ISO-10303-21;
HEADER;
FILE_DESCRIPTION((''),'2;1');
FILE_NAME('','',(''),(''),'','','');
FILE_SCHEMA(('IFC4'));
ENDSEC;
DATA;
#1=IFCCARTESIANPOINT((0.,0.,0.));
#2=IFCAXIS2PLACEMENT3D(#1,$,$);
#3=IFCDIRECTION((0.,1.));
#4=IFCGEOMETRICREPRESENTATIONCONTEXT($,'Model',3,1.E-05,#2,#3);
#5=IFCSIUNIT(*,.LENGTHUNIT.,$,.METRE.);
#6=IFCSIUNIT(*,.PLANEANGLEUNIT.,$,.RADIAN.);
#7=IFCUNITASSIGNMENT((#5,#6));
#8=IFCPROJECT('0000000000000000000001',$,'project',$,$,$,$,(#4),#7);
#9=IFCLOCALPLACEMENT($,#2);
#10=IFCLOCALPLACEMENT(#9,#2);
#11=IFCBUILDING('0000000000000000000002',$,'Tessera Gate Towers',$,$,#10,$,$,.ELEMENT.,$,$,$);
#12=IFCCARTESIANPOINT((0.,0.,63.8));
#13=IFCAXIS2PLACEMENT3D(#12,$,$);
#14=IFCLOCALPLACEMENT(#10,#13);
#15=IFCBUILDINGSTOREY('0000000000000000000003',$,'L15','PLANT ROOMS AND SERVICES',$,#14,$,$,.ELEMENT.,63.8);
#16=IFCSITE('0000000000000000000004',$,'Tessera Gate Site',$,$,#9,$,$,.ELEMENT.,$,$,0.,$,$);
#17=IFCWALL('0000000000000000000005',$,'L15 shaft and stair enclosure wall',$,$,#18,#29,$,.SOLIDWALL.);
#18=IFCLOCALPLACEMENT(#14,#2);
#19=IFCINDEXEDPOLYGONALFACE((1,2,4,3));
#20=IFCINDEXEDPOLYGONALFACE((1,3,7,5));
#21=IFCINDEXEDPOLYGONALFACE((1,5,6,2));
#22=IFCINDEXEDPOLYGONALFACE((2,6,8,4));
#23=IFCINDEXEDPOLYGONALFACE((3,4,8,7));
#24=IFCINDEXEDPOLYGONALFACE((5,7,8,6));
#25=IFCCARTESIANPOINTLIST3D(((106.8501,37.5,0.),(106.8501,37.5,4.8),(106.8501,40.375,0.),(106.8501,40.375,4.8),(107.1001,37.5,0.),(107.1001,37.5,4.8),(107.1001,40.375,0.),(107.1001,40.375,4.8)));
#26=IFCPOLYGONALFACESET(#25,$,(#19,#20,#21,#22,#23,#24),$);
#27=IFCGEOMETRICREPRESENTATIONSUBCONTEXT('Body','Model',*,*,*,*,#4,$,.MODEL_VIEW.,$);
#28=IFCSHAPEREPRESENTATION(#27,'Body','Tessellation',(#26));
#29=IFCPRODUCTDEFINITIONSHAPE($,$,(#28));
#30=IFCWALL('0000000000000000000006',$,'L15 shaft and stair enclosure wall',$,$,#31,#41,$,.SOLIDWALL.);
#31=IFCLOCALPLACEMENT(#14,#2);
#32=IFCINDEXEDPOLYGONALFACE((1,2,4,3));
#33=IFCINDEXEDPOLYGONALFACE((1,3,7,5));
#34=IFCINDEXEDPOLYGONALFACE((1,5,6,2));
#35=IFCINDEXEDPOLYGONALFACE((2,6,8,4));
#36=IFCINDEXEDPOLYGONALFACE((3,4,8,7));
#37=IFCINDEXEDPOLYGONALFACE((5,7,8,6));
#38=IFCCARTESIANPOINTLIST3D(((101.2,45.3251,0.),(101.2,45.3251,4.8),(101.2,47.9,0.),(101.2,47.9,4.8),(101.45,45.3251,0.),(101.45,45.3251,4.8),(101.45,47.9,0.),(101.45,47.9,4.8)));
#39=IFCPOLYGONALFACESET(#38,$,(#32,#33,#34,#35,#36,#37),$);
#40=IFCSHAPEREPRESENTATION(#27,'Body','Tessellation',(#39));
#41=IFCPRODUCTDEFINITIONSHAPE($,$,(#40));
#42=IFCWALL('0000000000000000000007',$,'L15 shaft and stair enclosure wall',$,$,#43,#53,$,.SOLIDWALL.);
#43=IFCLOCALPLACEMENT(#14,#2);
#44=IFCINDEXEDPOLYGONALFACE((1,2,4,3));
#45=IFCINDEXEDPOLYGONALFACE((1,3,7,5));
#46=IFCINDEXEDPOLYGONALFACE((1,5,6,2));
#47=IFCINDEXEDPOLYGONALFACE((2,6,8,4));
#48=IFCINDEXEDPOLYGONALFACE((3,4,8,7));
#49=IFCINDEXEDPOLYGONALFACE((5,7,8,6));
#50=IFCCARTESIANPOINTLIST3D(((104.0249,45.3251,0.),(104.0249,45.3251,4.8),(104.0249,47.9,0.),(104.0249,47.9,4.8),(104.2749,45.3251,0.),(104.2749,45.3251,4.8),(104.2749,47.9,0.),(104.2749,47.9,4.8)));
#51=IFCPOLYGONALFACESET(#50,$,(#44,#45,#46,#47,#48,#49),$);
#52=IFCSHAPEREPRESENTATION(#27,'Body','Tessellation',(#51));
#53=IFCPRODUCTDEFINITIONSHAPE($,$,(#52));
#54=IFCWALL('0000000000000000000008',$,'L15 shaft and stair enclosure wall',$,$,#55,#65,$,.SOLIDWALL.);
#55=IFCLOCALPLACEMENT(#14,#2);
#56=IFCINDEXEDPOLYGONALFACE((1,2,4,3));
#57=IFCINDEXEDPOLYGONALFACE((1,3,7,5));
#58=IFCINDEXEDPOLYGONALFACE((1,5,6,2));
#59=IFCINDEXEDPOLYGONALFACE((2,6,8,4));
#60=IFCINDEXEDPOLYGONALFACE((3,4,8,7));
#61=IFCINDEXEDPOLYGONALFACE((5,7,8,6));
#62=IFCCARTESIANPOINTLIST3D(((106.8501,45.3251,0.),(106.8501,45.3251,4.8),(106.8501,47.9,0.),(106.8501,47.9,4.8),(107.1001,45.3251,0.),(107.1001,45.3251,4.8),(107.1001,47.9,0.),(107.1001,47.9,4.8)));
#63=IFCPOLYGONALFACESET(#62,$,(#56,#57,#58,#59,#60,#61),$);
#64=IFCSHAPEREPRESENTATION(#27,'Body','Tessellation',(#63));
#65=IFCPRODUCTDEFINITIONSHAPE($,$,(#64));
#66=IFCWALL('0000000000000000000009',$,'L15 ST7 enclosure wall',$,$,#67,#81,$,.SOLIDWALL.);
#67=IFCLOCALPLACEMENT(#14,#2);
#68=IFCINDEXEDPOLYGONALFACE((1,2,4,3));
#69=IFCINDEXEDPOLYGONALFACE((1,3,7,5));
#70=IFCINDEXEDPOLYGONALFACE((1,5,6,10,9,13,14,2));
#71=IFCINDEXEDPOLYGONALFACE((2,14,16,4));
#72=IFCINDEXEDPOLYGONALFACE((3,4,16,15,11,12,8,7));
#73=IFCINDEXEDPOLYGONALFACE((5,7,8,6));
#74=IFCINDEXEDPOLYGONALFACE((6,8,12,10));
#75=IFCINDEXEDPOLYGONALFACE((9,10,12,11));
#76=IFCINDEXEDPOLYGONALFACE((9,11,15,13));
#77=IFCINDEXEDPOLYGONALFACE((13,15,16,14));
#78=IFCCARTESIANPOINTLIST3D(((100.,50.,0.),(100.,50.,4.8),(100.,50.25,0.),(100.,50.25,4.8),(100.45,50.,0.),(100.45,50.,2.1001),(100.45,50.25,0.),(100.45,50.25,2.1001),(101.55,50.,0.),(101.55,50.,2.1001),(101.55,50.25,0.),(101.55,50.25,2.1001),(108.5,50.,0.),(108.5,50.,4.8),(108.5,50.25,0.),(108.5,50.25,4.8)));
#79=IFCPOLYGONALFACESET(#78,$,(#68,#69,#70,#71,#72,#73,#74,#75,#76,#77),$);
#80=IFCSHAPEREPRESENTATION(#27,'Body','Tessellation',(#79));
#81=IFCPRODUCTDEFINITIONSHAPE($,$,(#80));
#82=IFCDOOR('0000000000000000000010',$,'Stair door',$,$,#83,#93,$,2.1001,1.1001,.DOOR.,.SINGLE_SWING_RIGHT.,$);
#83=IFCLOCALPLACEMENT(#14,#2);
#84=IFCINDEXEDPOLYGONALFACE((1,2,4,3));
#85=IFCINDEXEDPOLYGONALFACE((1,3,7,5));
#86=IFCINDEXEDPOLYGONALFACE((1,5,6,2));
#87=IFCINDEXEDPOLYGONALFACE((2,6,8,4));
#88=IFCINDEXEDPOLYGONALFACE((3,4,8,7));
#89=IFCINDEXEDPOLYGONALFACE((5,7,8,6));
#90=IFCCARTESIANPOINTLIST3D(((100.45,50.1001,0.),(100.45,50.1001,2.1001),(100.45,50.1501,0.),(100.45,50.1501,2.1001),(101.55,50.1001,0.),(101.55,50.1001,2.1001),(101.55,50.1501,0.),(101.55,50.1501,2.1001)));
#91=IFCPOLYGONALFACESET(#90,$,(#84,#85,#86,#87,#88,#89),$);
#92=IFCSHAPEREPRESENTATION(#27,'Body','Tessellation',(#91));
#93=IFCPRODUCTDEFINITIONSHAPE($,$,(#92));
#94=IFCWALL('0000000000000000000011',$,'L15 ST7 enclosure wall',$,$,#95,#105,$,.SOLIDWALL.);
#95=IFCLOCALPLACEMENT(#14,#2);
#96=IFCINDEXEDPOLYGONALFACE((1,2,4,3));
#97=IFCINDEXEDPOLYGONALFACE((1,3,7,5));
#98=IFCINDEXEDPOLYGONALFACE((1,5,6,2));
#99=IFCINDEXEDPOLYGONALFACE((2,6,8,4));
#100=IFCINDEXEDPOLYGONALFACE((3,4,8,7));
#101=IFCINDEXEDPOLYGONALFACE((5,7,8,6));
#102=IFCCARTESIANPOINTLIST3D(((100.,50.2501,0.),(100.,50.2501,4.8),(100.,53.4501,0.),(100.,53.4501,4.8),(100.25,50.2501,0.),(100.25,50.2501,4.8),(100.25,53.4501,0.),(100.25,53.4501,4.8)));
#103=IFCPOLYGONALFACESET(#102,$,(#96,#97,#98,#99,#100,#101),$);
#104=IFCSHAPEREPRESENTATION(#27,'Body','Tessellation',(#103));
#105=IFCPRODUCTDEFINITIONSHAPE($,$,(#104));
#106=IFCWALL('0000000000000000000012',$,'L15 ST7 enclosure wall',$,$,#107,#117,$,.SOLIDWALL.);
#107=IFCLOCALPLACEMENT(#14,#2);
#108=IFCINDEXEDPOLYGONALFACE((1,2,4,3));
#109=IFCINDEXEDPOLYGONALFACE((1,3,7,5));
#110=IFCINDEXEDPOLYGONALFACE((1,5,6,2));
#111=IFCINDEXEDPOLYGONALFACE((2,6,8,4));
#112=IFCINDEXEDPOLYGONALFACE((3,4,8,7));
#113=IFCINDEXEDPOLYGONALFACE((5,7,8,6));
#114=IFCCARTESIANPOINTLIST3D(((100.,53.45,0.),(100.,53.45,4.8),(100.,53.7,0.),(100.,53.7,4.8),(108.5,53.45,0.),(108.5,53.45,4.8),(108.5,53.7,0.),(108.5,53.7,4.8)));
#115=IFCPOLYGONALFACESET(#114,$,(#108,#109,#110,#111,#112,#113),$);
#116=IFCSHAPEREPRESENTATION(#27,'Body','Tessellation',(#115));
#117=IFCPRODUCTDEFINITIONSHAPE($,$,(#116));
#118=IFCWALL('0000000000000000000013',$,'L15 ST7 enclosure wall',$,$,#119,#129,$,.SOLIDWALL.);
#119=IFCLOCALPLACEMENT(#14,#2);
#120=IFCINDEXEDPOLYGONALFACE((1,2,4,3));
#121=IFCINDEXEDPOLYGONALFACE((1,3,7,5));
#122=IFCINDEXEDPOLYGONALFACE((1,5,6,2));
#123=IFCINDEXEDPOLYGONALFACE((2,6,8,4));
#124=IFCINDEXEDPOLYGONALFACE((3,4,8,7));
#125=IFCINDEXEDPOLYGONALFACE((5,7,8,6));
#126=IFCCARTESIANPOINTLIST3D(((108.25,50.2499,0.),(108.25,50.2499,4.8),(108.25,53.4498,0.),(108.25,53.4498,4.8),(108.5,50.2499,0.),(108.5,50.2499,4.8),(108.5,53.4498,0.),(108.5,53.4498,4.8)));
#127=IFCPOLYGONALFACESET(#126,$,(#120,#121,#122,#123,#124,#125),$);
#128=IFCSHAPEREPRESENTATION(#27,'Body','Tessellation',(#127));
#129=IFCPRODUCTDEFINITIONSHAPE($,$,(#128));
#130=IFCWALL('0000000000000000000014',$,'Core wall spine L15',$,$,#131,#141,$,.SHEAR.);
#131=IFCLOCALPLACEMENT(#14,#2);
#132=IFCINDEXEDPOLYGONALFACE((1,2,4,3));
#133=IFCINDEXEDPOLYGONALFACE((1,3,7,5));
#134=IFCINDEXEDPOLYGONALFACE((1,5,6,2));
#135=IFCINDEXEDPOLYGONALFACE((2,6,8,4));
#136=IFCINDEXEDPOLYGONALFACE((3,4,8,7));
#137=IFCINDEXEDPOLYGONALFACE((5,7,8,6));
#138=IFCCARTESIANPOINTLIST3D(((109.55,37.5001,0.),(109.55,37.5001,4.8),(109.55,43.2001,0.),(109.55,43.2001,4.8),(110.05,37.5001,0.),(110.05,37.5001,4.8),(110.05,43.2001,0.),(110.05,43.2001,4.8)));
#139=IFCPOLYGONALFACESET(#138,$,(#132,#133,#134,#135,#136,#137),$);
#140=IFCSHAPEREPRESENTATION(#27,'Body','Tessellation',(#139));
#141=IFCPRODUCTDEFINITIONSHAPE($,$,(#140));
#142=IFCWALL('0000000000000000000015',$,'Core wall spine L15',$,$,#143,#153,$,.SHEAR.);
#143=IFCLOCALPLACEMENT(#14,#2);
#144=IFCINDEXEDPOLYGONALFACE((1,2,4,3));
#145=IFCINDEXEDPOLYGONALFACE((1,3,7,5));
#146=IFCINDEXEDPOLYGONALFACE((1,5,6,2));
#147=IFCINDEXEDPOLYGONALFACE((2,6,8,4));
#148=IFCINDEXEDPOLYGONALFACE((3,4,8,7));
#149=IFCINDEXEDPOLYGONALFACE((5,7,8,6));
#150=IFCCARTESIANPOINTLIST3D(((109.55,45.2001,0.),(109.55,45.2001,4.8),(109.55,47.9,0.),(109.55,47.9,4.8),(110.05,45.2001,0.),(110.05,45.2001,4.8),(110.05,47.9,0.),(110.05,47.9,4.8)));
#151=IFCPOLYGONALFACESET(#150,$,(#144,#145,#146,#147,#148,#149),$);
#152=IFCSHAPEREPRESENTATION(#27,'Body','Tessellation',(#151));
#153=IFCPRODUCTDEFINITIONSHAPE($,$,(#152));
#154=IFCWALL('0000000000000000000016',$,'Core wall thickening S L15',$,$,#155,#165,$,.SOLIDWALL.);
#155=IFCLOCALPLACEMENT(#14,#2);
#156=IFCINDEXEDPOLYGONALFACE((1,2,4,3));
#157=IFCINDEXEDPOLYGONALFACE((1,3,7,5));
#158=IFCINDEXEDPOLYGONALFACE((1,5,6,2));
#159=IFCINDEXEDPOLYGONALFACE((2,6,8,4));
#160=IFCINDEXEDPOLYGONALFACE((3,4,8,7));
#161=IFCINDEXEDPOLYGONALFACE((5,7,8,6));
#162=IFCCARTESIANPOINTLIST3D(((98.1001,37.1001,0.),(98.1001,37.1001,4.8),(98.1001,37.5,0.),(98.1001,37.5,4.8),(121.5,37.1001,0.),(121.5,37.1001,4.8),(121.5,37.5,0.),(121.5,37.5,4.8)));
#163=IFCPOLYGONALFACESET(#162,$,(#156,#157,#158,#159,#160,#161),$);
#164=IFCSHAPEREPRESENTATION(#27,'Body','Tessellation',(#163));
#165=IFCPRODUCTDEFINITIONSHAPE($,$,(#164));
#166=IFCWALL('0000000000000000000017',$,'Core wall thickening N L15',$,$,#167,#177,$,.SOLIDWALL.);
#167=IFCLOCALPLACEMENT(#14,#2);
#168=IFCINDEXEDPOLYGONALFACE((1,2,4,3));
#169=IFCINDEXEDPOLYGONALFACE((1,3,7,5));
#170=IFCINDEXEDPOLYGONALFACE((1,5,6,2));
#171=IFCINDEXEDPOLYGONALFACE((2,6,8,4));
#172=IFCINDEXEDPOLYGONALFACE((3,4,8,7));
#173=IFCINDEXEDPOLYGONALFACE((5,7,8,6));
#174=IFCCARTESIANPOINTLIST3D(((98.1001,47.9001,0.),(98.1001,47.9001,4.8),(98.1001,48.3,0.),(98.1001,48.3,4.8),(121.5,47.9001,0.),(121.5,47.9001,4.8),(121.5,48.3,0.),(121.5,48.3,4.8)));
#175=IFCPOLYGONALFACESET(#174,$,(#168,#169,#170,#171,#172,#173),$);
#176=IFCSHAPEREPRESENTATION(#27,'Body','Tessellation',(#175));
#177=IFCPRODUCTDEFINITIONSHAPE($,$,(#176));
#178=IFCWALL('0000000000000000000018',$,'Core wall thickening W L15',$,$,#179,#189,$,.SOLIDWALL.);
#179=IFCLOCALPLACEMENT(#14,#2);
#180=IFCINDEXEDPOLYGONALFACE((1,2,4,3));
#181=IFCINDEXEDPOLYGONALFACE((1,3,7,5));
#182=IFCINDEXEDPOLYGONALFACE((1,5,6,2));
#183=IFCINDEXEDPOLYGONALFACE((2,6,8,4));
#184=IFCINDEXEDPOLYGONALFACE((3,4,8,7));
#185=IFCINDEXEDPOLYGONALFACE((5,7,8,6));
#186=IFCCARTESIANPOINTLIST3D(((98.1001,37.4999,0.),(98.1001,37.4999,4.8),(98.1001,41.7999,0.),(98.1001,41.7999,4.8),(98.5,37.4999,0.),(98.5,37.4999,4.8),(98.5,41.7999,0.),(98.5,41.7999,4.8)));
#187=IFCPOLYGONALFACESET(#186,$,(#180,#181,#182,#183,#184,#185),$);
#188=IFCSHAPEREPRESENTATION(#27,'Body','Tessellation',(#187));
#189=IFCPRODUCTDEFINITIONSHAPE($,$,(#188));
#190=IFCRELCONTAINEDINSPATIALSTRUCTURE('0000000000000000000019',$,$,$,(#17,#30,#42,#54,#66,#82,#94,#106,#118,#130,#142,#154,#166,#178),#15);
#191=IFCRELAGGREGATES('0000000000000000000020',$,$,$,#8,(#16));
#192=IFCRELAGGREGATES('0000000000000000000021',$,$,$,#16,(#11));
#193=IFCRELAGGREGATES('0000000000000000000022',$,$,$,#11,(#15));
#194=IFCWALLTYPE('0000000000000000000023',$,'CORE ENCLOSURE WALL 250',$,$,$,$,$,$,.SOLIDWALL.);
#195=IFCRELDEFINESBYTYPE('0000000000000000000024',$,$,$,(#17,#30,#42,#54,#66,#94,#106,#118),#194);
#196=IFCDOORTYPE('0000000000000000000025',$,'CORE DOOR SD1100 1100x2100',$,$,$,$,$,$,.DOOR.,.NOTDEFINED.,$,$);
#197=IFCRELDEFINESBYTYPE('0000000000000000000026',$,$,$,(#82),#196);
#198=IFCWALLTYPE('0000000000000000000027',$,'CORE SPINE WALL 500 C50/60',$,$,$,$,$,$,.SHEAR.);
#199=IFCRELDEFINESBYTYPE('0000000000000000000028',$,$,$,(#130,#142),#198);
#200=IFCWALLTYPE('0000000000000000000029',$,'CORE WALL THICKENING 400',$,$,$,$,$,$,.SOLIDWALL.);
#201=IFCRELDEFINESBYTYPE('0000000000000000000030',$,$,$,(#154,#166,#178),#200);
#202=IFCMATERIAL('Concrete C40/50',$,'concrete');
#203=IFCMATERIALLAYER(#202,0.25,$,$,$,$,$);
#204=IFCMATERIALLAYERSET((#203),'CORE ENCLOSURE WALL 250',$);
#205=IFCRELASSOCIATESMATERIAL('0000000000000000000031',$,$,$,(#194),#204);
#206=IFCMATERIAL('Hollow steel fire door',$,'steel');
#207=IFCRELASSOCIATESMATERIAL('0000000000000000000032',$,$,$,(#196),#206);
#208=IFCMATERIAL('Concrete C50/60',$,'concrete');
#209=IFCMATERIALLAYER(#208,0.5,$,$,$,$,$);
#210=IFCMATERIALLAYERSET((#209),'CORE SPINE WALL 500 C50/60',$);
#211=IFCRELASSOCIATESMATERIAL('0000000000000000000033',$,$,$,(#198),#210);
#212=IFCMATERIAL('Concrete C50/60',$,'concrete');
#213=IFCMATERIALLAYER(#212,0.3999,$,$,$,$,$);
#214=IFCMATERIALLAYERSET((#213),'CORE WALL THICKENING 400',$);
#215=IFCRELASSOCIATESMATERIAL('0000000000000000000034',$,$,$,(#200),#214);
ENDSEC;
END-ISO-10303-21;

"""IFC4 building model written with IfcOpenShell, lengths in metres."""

from ifc_helpers import new_model, si_unit, direction, frame, frame_2d, origin, place, context, subcontext, project, spatial, rectangle, extrude, source, transform, mapped, material, layer, layer_set, type_object, element, fill, save


model = new_model("IFC4")

# Units and contexts
model_context = context("Model", 3, precision=1e-05, world=origin(), true_north=direction((0.0, 1.0)))
body_context = subcontext(model_context, "Body", "Model", "MODEL_VIEW")
ifc_project = project(units=[si_unit("LENGTHUNIT", "METRE"), si_unit("PLANEANGLEUNIT", "RADIAN")], contexts=[model_context])

# Site, building, storey
site_placement = place(None, origin())
site = spatial("IfcSite", under=ifc_project, at=site_placement, Name="Tessera Gate Site", CompositionType="ELEMENT", RefElevation=0.0)
building_placement = place(site_placement, origin())
building = spatial("IfcBuilding", under=site, at=building_placement, Name="Tessera Gate Towers", CompositionType="ELEMENT")
storey_placement = place(building_placement, frame((0.0, 0.0, 63.8)))
storey = spatial("IfcBuildingStorey", under=building, at=storey_placement, Name="L15", Description="PLANT ROOMS AND SERVICES", CompositionType="ELEMENT", Elevation=63.8)

# Shared definitions
ifc_material_1 = material(Name="Concrete C40/50", Category="concrete")
ifc_layer_1 = layer(ifc_material_1, 0.25)
ifc_layer_set_1 = layer_set([ifc_layer_1], Name="CORE ENCLOSURE WALL 250")
wall_type_1 = type_object("IfcWallType", Name="CORE ENCLOSURE WALL 250", PredefinedType="SOLIDWALL", material=ifc_layer_set_1)

# Shared definitions
shared_shape_1 = source(origin(), body_context, "Body", "SweptSolid", [
    extrude(rectangle(XDim=1.1001, YDim=2.1001, at=frame_2d((0.55, 1.05))), frame((0.0, 0.135, 0.0), z_axis=(0.0, -1.0, 0.0), x_axis=(1.0, 0.0, 0.0)), (0.0, 0.0, 1.0), 0.27),
])
shared_shape_2 = source(origin(), body_context, "Body", "SweptSolid", [
    extrude(rectangle(XDim=1.1001, YDim=2.1001, at=frame_2d((0.55, 1.05))), frame((0.0, 0.0249, 0.0), z_axis=(0.0, -1.0, 0.0), x_axis=(1.0, 0.0, 0.0)), (0.0, 0.0, 1.0), 0.05),
])

# Walls
for number, where, z_axis, x_axis, name in (
    (1, (106.9751, 37.5, 0.0), (0.0, 0.0, 1.0), (0.0, 1.0, 0.0), "L15 shaft and stair enclosure wall"),
):
    element("IfcWall", number, at=place(storey_placement, frame(where, z_axis=z_axis, x_axis=x_axis)), inside=storey, type_object=wall_type_1, Name=name, PredefinedType="SOLIDWALL", context=body_context, shape_type="SweptSolid", body=[
        extrude(rectangle(XDim=2.875, YDim=0.25, at=frame_2d((1.4375, 0.0))), origin(), (0.0, 0.0, 1.0), 4.8),
    ])
for number, where, z_axis, x_axis, name in (
    (2, (101.325, 45.325, 0.0), (0.0, 0.0, 1.0), (0.0, 1.0, 0.0), "L15 shaft and stair enclosure wall"),
    (3, (104.1499, 45.325, 0.0), (0.0, 0.0, 1.0), (0.0, 1.0, 0.0), "L15 shaft and stair enclosure wall"),
    (4, (106.9751, 45.325, 0.0), (0.0, 0.0, 1.0), (0.0, 1.0, 0.0), "L15 shaft and stair enclosure wall"),
):
    element("IfcWall", number, at=place(storey_placement, frame(where, z_axis=z_axis, x_axis=x_axis)), inside=storey, type_object=wall_type_1, Name=name, PredefinedType="SOLIDWALL", context=body_context, shape_type="SweptSolid", body=[
        extrude(rectangle(XDim=2.575, YDim=0.25, at=frame_2d((1.2876, 0.0))), origin(), (0.0, 0.0, 1.0), 4.8),
    ])

# Wall, opening, door
wall_1_placement = place(storey_placement, frame((108.5, 50.125, 0.0), z_axis=(0.0, 0.0, 1.0), x_axis=(-1.0, 0.0, 0.0)))
wall_1 = element("IfcWall", 5, at=wall_1_placement, inside=storey, type_object=wall_type_1, Name="L15 ST7 enclosure wall", PredefinedType="SOLIDWALL", context=body_context, shape_type="SweptSolid", body=[
    extrude(rectangle(XDim=8.5, YDim=0.25, at=frame_2d((4.25, 0.0))), origin(), (0.0, 0.0, 1.0), 4.8),
])
opening_1_placement = place(wall_1_placement, frame((6.95, 0.0, 0.0)))
opening_1 = element("IfcOpeningElement", 6, at=opening_1_placement, cuts=wall_1, PredefinedType="OPENING", context=body_context, shape_type="MappedRepresentation", body=[
    mapped(shared_shape_1, transform((0.0, 0.0, 0.0), scale=1.0)),
])
ifc_material_2 = material(Name="Hollow steel fire door", Category="steel")
door_type_1 = type_object("IfcDoorType", Name="CORE DOOR SD1100 1100x2100", OperationType="NOTDEFINED", PredefinedType="DOOR", material=ifc_material_2)
door_1_placement = place(opening_1_placement, origin())
door_1 = element("IfcDoor", 7, at=door_1_placement, inside=storey, type_object=door_type_1, Name="Stair door", OperationType="SINGLE_SWING_RIGHT", OverallHeight=2.1001, OverallWidth=1.1001, PredefinedType="DOOR", context=body_context, shape_type="MappedRepresentation", body=[
    mapped(shared_shape_2, transform((0.0, 0.0, 0.0), scale=1.0)),
])
fill(opening_1, door_1)

# Walls
wall_2_placement = place(storey_placement, frame((100.125, 50.25, 0.0), z_axis=(0.0, 0.0, 1.0), x_axis=(0.0, 1.0, 0.0)))
element("IfcWall", 8, at=wall_2_placement, inside=storey, type_object=wall_type_1, Name="L15 ST7 enclosure wall", PredefinedType="SOLIDWALL", context=body_context, shape_type="SweptSolid", body=[
    extrude(rectangle(XDim=3.2, YDim=0.25, at=frame_2d((1.6001, 0.0))), origin(), (0.0, 0.0, 1.0), 4.8),
])
wall_3_placement = place(storey_placement, frame((100.0, 53.575, 0.0), z_axis=(0.0, 0.0, 1.0), x_axis=(1.0, 0.0, 0.0)))
element("IfcWall", 9, at=wall_3_placement, inside=storey, type_object=wall_type_1, Name="L15 ST7 enclosure wall", PredefinedType="SOLIDWALL", context=body_context, shape_type="SweptSolid", body=[
    extrude(rectangle(XDim=8.5, YDim=0.25, at=frame_2d((4.25, 0.0))), origin(), (0.0, 0.0, 1.0), 4.8),
])
wall_4_placement = place(storey_placement, frame((108.375, 53.45, 0.0), z_axis=(0.0, 0.0, 1.0), x_axis=(0.0, -1.0, 0.0)))
element("IfcWall", 10, at=wall_4_placement, inside=storey, type_object=wall_type_1, Name="L15 ST7 enclosure wall", PredefinedType="SOLIDWALL", context=body_context, shape_type="SweptSolid", body=[
    extrude(rectangle(XDim=3.2, YDim=0.25, at=frame_2d((1.6001, 0.0))), origin(), (0.0, 0.0, 1.0), 4.8),
])
ifc_material_3 = material(Name="Concrete C50/60", Category="concrete")
ifc_layer_2 = layer(ifc_material_3, 0.5)
ifc_layer_set_2 = layer_set([ifc_layer_2], Name="CORE SPINE WALL 500 C50/60")
wall_type_2 = type_object("IfcWallType", Name="CORE SPINE WALL 500 C50/60", PredefinedType="SHEAR", material=ifc_layer_set_2)
wall_5_placement = place(storey_placement, frame((109.8, 37.5, 0.0), z_axis=(0.0, 0.0, 1.0), x_axis=(0.0, 1.0, 0.0)))
element("IfcWall", 11, at=wall_5_placement, inside=storey, type_object=wall_type_2, Name="Core wall spine L15", PredefinedType="SHEAR", context=body_context, shape_type="SweptSolid", body=[
    extrude(rectangle(XDim=5.7, YDim=0.5, at=frame_2d((2.8501, 0.0))), origin(), (0.0, 0.0, 1.0), 4.8),
])
wall_6_placement = place(storey_placement, frame((109.8, 45.2, 0.0), z_axis=(0.0, 0.0, 1.0), x_axis=(0.0, 1.0, 0.0)))
element("IfcWall", 12, at=wall_6_placement, inside=storey, type_object=wall_type_2, Name="Core wall spine L15", PredefinedType="SHEAR", context=body_context, shape_type="SweptSolid", body=[
    extrude(rectangle(XDim=2.7, YDim=0.5, at=frame_2d((1.3501, 0.0))), origin(), (0.0, 0.0, 1.0), 4.8),
])
ifc_material_4 = material(Name="Concrete C50/60", Category="concrete")
ifc_layer_3 = layer(ifc_material_4, 0.3999)
ifc_layer_set_3 = layer_set([ifc_layer_3], Name="CORE WALL THICKENING 400")
wall_type_3 = type_object("IfcWallType", Name="CORE WALL THICKENING 400", PredefinedType="SOLIDWALL", material=ifc_layer_set_3)
for number, where, z_axis, x_axis, name in (
    (13, (98.1001, 37.3, 0.0), (0.0, 0.0, 1.0), (1.0, 0.0, 0.0), "Core wall thickening S L15"),
    (14, (98.1001, 48.1001, 0.0), (0.0, 0.0, 1.0), (1.0, 0.0, 0.0), "Core wall thickening N L15"),
):
    element("IfcWall", number, at=place(storey_placement, frame(where, z_axis=z_axis, x_axis=x_axis)), inside=storey, type_object=wall_type_3, Name=name, PredefinedType="SOLIDWALL", context=body_context, shape_type="SweptSolid", body=[
        extrude(rectangle(XDim=23.3999, YDim=0.3999, at=frame_2d((11.7, 0.0))), origin(), (0.0, 0.0, 1.0), 4.8),
    ])
wall_7_placement = place(storey_placement, frame((98.3, 37.5, 0.0), z_axis=(0.0, 0.0, 1.0), x_axis=(0.0, 1.0, 0.0)))
element("IfcWall", 15, at=wall_7_placement, inside=storey, type_object=wall_type_3, Name="Core wall thickening W L15", PredefinedType="SOLIDWALL", context=body_context, shape_type="SweptSolid", body=[
    extrude(rectangle(XDim=4.3, YDim=0.3999, at=frame_2d((2.1499, 0.0))), origin(), (0.0, 0.0, 1.0), 4.8),
])

save(model, "model.ifc")
